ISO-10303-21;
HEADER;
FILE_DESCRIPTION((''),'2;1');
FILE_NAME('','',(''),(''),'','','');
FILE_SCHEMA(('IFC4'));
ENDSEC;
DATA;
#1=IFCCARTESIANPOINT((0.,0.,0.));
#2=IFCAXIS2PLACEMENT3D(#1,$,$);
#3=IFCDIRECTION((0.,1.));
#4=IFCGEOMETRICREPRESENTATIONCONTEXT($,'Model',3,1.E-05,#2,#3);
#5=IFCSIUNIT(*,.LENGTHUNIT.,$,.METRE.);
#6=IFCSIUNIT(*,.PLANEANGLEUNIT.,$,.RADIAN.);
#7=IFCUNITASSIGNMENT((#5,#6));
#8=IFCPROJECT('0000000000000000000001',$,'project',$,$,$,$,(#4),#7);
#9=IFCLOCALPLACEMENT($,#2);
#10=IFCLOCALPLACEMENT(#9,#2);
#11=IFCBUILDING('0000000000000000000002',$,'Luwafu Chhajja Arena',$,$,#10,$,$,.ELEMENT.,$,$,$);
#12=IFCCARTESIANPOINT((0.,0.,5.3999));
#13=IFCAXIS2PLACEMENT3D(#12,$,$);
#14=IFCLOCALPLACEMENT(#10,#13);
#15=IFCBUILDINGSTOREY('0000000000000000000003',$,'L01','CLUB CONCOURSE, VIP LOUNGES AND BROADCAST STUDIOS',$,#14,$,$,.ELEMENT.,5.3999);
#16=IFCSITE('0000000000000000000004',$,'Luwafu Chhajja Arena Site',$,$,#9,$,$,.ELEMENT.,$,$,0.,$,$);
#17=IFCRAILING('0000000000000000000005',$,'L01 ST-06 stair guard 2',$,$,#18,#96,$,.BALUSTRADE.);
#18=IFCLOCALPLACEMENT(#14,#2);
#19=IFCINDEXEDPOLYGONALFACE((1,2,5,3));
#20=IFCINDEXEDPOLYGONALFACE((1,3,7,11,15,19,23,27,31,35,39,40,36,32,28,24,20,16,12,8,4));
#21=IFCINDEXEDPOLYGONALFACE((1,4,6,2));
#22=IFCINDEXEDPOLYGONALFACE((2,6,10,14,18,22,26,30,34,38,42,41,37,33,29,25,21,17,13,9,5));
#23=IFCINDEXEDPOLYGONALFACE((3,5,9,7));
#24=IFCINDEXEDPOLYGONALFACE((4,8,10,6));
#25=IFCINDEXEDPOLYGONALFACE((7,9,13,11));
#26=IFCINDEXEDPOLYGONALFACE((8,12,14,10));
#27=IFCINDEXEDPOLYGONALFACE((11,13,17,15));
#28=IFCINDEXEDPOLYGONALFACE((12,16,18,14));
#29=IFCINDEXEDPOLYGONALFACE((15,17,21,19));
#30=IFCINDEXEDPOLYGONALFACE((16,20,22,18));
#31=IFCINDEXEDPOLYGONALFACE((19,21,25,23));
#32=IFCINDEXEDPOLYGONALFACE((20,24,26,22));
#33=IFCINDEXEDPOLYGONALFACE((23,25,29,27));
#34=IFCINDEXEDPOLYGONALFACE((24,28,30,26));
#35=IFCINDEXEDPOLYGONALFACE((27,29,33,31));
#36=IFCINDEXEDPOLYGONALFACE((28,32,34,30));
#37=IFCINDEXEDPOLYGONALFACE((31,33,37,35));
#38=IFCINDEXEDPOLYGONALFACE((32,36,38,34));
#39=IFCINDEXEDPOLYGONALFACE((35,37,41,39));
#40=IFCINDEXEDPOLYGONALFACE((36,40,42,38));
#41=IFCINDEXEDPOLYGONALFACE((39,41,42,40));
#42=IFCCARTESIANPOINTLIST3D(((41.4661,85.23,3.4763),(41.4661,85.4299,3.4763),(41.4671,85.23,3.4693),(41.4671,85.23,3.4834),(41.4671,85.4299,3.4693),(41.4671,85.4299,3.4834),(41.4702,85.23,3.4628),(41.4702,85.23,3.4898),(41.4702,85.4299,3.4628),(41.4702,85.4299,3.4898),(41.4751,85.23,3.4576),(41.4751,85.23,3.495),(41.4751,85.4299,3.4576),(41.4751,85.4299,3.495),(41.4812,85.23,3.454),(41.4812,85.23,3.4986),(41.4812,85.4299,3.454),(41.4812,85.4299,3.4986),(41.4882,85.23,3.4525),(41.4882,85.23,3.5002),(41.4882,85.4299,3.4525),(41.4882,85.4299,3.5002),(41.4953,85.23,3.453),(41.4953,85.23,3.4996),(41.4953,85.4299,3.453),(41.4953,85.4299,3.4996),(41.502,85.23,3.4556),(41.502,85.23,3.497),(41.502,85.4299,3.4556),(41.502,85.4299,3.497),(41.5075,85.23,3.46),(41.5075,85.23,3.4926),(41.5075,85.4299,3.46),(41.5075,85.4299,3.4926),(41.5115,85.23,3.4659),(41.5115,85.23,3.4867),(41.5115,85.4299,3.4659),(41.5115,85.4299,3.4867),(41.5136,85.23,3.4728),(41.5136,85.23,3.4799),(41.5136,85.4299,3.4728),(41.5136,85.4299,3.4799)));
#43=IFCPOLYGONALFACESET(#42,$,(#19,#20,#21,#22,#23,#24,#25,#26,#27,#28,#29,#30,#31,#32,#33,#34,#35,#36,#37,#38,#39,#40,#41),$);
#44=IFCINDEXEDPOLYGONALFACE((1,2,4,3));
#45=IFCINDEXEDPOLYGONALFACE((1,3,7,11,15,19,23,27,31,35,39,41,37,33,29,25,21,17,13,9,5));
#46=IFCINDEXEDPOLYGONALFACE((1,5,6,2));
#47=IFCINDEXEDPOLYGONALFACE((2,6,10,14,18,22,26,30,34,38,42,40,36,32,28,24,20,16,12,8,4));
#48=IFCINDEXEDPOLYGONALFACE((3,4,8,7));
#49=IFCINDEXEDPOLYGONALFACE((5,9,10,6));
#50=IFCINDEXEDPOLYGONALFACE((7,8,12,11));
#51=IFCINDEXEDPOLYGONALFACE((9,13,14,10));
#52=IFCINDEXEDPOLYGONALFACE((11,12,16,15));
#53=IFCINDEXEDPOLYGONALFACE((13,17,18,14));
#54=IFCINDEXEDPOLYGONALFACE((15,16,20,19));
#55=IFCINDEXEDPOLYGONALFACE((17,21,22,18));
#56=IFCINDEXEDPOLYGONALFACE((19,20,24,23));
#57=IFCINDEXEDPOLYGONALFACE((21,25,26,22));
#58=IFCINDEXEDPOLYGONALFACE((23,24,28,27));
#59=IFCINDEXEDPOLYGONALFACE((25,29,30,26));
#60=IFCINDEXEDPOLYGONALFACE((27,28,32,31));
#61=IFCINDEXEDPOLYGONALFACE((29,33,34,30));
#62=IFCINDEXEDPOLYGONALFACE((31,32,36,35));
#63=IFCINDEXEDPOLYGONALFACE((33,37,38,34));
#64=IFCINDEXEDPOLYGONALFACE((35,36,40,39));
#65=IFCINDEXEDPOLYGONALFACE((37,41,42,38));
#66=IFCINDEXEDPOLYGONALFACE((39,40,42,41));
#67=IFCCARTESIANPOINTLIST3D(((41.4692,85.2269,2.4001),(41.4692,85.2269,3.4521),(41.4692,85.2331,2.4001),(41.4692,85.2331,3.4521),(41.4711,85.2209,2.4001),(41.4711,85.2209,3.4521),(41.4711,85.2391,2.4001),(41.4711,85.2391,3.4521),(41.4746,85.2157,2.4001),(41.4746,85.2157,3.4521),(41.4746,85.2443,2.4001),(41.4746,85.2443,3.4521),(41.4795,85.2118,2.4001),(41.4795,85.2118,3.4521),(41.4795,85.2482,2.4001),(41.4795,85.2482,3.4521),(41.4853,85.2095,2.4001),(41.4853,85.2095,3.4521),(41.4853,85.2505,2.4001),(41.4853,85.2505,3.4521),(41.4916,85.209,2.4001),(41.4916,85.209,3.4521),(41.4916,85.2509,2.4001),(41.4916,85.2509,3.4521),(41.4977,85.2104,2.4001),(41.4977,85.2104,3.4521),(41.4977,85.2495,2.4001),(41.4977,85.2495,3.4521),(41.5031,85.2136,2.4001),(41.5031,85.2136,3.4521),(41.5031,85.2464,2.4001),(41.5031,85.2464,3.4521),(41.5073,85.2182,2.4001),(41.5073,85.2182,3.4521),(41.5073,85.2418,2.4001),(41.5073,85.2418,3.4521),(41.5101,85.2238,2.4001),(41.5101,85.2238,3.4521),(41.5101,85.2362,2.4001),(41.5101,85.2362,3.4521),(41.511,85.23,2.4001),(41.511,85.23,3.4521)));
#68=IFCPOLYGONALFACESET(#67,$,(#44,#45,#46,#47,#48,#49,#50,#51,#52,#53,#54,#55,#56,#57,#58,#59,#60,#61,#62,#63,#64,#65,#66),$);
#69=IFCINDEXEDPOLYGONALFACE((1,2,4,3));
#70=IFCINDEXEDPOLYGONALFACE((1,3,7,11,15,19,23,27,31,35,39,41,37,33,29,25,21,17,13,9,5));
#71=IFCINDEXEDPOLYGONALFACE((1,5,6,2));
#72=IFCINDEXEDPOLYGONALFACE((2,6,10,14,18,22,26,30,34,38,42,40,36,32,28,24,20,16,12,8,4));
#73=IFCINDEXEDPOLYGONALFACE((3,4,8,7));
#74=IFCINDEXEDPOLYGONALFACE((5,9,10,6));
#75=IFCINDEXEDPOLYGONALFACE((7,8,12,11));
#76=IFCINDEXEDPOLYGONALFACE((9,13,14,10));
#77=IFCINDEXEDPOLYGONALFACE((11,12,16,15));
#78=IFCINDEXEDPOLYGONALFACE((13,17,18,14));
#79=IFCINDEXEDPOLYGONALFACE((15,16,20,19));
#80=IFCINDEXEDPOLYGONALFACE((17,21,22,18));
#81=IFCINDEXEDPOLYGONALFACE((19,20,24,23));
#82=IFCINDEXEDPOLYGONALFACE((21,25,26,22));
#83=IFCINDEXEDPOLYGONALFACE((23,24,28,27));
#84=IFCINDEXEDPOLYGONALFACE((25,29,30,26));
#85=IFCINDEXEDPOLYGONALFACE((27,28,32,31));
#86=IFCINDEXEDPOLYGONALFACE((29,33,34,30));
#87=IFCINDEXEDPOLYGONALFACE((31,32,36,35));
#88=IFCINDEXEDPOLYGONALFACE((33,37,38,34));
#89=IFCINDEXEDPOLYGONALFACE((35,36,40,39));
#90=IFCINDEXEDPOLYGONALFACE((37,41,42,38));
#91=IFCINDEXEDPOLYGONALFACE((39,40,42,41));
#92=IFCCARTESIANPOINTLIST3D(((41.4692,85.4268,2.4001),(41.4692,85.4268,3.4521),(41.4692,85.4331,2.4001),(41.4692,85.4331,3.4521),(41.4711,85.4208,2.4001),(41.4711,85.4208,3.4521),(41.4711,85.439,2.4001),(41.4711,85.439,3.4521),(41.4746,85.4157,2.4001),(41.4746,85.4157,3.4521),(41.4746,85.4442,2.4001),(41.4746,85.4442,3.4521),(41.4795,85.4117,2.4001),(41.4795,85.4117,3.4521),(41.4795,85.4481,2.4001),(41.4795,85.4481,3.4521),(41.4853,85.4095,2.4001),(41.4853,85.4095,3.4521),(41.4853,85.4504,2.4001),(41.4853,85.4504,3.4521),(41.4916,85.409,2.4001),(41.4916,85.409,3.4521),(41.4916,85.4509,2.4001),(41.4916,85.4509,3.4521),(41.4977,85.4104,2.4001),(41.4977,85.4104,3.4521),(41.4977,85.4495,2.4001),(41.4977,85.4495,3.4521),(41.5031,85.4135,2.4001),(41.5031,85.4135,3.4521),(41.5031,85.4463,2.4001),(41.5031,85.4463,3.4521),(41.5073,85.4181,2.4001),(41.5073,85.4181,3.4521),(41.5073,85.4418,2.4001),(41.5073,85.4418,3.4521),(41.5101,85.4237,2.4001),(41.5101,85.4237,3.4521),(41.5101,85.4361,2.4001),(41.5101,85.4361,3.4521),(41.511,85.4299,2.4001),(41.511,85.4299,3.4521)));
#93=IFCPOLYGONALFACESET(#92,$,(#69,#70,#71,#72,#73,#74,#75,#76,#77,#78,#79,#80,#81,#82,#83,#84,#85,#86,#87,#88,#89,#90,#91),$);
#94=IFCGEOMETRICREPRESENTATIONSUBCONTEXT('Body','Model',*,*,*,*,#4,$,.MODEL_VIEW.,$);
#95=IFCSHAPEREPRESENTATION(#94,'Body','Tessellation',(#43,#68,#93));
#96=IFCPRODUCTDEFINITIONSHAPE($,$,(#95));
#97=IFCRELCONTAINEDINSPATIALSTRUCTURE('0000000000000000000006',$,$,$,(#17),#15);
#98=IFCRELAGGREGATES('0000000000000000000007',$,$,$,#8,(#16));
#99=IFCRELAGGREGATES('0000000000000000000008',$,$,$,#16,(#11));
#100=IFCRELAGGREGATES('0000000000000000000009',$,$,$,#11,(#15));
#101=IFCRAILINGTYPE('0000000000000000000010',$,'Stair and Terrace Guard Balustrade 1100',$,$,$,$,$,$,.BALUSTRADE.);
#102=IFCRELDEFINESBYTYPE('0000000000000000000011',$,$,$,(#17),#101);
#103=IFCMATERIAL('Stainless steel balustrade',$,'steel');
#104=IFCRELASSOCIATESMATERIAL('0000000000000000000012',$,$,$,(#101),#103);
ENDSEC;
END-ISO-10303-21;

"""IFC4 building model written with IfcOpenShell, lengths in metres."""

from ifc_helpers import new_model, si_unit, direction, frame, origin, origin_2d, place, context, subcontext, project, spatial, circle, extrude, material, type_object, element, save


model = new_model("IFC4")

# Units and contexts
model_context = context("Model", 3, precision=1e-05, world=origin(), true_north=direction((0.0, 1.0)))
body_context = subcontext(model_context, "Body", "Model", "MODEL_VIEW")
ifc_project = project(units=[si_unit("LENGTHUNIT", "METRE"), si_unit("PLANEANGLEUNIT", "RADIAN")], contexts=[model_context])

# Site, building, storey
site_placement = place(None, origin())
site = spatial("IfcSite", under=ifc_project, at=site_placement, Name="Luwafu Chhajja Arena Site", CompositionType="ELEMENT", RefElevation=0.0)
building_placement = place(site_placement, origin())
building = spatial("IfcBuilding", under=site, at=building_placement, Name="Luwafu Chhajja Arena", CompositionType="ELEMENT")
storey_placement = place(building_placement, frame((0.0, 0.0, 5.3999)))
storey = spatial("IfcBuildingStorey", under=building, at=storey_placement, Name="L01", Description="CLUB CONCOURSE, VIP LOUNGES AND BROADCAST STUDIOS", CompositionType="ELEMENT", Elevation=5.3999)

# Railing
ifc_material_1 = material(Name="Stainless steel balustrade", Category="steel")
railing_type_1 = type_object("IfcRailingType", Name="Stair and Terrace Guard Balustrade 1100", PredefinedType="BALUSTRADE", material=ifc_material_1)
railing_1_placement = place(storey_placement, frame((41.49, 85.23, 2.4001)))
element("IfcRailing", 1, at=railing_1_placement, inside=storey, type_object=railing_type_1, Name="L01 ST-06 stair guard 2", PredefinedType="BALUSTRADE", context=body_context, shape_type="SweptSolid", body=[
    extrude(circle(Radius=0.0239, at=origin_2d()), frame((0.0, 0.0, 1.0762), z_axis=(0.0, 1.0, 0.0), x_axis=(-1.0, 0.0, 0.0)), (0.0, 0.0, 1.0), 0.2),
    extrude(circle(Radius=0.021, at=origin_2d()), origin(), (0.0, 0.0, 1.0), 1.052),
    extrude(circle(Radius=0.021, at=origin_2d()), frame((0.0, 0.2, 0.0)), (0.0, 0.0, 1.0), 1.052),
])

save(model, "model.ifc")
